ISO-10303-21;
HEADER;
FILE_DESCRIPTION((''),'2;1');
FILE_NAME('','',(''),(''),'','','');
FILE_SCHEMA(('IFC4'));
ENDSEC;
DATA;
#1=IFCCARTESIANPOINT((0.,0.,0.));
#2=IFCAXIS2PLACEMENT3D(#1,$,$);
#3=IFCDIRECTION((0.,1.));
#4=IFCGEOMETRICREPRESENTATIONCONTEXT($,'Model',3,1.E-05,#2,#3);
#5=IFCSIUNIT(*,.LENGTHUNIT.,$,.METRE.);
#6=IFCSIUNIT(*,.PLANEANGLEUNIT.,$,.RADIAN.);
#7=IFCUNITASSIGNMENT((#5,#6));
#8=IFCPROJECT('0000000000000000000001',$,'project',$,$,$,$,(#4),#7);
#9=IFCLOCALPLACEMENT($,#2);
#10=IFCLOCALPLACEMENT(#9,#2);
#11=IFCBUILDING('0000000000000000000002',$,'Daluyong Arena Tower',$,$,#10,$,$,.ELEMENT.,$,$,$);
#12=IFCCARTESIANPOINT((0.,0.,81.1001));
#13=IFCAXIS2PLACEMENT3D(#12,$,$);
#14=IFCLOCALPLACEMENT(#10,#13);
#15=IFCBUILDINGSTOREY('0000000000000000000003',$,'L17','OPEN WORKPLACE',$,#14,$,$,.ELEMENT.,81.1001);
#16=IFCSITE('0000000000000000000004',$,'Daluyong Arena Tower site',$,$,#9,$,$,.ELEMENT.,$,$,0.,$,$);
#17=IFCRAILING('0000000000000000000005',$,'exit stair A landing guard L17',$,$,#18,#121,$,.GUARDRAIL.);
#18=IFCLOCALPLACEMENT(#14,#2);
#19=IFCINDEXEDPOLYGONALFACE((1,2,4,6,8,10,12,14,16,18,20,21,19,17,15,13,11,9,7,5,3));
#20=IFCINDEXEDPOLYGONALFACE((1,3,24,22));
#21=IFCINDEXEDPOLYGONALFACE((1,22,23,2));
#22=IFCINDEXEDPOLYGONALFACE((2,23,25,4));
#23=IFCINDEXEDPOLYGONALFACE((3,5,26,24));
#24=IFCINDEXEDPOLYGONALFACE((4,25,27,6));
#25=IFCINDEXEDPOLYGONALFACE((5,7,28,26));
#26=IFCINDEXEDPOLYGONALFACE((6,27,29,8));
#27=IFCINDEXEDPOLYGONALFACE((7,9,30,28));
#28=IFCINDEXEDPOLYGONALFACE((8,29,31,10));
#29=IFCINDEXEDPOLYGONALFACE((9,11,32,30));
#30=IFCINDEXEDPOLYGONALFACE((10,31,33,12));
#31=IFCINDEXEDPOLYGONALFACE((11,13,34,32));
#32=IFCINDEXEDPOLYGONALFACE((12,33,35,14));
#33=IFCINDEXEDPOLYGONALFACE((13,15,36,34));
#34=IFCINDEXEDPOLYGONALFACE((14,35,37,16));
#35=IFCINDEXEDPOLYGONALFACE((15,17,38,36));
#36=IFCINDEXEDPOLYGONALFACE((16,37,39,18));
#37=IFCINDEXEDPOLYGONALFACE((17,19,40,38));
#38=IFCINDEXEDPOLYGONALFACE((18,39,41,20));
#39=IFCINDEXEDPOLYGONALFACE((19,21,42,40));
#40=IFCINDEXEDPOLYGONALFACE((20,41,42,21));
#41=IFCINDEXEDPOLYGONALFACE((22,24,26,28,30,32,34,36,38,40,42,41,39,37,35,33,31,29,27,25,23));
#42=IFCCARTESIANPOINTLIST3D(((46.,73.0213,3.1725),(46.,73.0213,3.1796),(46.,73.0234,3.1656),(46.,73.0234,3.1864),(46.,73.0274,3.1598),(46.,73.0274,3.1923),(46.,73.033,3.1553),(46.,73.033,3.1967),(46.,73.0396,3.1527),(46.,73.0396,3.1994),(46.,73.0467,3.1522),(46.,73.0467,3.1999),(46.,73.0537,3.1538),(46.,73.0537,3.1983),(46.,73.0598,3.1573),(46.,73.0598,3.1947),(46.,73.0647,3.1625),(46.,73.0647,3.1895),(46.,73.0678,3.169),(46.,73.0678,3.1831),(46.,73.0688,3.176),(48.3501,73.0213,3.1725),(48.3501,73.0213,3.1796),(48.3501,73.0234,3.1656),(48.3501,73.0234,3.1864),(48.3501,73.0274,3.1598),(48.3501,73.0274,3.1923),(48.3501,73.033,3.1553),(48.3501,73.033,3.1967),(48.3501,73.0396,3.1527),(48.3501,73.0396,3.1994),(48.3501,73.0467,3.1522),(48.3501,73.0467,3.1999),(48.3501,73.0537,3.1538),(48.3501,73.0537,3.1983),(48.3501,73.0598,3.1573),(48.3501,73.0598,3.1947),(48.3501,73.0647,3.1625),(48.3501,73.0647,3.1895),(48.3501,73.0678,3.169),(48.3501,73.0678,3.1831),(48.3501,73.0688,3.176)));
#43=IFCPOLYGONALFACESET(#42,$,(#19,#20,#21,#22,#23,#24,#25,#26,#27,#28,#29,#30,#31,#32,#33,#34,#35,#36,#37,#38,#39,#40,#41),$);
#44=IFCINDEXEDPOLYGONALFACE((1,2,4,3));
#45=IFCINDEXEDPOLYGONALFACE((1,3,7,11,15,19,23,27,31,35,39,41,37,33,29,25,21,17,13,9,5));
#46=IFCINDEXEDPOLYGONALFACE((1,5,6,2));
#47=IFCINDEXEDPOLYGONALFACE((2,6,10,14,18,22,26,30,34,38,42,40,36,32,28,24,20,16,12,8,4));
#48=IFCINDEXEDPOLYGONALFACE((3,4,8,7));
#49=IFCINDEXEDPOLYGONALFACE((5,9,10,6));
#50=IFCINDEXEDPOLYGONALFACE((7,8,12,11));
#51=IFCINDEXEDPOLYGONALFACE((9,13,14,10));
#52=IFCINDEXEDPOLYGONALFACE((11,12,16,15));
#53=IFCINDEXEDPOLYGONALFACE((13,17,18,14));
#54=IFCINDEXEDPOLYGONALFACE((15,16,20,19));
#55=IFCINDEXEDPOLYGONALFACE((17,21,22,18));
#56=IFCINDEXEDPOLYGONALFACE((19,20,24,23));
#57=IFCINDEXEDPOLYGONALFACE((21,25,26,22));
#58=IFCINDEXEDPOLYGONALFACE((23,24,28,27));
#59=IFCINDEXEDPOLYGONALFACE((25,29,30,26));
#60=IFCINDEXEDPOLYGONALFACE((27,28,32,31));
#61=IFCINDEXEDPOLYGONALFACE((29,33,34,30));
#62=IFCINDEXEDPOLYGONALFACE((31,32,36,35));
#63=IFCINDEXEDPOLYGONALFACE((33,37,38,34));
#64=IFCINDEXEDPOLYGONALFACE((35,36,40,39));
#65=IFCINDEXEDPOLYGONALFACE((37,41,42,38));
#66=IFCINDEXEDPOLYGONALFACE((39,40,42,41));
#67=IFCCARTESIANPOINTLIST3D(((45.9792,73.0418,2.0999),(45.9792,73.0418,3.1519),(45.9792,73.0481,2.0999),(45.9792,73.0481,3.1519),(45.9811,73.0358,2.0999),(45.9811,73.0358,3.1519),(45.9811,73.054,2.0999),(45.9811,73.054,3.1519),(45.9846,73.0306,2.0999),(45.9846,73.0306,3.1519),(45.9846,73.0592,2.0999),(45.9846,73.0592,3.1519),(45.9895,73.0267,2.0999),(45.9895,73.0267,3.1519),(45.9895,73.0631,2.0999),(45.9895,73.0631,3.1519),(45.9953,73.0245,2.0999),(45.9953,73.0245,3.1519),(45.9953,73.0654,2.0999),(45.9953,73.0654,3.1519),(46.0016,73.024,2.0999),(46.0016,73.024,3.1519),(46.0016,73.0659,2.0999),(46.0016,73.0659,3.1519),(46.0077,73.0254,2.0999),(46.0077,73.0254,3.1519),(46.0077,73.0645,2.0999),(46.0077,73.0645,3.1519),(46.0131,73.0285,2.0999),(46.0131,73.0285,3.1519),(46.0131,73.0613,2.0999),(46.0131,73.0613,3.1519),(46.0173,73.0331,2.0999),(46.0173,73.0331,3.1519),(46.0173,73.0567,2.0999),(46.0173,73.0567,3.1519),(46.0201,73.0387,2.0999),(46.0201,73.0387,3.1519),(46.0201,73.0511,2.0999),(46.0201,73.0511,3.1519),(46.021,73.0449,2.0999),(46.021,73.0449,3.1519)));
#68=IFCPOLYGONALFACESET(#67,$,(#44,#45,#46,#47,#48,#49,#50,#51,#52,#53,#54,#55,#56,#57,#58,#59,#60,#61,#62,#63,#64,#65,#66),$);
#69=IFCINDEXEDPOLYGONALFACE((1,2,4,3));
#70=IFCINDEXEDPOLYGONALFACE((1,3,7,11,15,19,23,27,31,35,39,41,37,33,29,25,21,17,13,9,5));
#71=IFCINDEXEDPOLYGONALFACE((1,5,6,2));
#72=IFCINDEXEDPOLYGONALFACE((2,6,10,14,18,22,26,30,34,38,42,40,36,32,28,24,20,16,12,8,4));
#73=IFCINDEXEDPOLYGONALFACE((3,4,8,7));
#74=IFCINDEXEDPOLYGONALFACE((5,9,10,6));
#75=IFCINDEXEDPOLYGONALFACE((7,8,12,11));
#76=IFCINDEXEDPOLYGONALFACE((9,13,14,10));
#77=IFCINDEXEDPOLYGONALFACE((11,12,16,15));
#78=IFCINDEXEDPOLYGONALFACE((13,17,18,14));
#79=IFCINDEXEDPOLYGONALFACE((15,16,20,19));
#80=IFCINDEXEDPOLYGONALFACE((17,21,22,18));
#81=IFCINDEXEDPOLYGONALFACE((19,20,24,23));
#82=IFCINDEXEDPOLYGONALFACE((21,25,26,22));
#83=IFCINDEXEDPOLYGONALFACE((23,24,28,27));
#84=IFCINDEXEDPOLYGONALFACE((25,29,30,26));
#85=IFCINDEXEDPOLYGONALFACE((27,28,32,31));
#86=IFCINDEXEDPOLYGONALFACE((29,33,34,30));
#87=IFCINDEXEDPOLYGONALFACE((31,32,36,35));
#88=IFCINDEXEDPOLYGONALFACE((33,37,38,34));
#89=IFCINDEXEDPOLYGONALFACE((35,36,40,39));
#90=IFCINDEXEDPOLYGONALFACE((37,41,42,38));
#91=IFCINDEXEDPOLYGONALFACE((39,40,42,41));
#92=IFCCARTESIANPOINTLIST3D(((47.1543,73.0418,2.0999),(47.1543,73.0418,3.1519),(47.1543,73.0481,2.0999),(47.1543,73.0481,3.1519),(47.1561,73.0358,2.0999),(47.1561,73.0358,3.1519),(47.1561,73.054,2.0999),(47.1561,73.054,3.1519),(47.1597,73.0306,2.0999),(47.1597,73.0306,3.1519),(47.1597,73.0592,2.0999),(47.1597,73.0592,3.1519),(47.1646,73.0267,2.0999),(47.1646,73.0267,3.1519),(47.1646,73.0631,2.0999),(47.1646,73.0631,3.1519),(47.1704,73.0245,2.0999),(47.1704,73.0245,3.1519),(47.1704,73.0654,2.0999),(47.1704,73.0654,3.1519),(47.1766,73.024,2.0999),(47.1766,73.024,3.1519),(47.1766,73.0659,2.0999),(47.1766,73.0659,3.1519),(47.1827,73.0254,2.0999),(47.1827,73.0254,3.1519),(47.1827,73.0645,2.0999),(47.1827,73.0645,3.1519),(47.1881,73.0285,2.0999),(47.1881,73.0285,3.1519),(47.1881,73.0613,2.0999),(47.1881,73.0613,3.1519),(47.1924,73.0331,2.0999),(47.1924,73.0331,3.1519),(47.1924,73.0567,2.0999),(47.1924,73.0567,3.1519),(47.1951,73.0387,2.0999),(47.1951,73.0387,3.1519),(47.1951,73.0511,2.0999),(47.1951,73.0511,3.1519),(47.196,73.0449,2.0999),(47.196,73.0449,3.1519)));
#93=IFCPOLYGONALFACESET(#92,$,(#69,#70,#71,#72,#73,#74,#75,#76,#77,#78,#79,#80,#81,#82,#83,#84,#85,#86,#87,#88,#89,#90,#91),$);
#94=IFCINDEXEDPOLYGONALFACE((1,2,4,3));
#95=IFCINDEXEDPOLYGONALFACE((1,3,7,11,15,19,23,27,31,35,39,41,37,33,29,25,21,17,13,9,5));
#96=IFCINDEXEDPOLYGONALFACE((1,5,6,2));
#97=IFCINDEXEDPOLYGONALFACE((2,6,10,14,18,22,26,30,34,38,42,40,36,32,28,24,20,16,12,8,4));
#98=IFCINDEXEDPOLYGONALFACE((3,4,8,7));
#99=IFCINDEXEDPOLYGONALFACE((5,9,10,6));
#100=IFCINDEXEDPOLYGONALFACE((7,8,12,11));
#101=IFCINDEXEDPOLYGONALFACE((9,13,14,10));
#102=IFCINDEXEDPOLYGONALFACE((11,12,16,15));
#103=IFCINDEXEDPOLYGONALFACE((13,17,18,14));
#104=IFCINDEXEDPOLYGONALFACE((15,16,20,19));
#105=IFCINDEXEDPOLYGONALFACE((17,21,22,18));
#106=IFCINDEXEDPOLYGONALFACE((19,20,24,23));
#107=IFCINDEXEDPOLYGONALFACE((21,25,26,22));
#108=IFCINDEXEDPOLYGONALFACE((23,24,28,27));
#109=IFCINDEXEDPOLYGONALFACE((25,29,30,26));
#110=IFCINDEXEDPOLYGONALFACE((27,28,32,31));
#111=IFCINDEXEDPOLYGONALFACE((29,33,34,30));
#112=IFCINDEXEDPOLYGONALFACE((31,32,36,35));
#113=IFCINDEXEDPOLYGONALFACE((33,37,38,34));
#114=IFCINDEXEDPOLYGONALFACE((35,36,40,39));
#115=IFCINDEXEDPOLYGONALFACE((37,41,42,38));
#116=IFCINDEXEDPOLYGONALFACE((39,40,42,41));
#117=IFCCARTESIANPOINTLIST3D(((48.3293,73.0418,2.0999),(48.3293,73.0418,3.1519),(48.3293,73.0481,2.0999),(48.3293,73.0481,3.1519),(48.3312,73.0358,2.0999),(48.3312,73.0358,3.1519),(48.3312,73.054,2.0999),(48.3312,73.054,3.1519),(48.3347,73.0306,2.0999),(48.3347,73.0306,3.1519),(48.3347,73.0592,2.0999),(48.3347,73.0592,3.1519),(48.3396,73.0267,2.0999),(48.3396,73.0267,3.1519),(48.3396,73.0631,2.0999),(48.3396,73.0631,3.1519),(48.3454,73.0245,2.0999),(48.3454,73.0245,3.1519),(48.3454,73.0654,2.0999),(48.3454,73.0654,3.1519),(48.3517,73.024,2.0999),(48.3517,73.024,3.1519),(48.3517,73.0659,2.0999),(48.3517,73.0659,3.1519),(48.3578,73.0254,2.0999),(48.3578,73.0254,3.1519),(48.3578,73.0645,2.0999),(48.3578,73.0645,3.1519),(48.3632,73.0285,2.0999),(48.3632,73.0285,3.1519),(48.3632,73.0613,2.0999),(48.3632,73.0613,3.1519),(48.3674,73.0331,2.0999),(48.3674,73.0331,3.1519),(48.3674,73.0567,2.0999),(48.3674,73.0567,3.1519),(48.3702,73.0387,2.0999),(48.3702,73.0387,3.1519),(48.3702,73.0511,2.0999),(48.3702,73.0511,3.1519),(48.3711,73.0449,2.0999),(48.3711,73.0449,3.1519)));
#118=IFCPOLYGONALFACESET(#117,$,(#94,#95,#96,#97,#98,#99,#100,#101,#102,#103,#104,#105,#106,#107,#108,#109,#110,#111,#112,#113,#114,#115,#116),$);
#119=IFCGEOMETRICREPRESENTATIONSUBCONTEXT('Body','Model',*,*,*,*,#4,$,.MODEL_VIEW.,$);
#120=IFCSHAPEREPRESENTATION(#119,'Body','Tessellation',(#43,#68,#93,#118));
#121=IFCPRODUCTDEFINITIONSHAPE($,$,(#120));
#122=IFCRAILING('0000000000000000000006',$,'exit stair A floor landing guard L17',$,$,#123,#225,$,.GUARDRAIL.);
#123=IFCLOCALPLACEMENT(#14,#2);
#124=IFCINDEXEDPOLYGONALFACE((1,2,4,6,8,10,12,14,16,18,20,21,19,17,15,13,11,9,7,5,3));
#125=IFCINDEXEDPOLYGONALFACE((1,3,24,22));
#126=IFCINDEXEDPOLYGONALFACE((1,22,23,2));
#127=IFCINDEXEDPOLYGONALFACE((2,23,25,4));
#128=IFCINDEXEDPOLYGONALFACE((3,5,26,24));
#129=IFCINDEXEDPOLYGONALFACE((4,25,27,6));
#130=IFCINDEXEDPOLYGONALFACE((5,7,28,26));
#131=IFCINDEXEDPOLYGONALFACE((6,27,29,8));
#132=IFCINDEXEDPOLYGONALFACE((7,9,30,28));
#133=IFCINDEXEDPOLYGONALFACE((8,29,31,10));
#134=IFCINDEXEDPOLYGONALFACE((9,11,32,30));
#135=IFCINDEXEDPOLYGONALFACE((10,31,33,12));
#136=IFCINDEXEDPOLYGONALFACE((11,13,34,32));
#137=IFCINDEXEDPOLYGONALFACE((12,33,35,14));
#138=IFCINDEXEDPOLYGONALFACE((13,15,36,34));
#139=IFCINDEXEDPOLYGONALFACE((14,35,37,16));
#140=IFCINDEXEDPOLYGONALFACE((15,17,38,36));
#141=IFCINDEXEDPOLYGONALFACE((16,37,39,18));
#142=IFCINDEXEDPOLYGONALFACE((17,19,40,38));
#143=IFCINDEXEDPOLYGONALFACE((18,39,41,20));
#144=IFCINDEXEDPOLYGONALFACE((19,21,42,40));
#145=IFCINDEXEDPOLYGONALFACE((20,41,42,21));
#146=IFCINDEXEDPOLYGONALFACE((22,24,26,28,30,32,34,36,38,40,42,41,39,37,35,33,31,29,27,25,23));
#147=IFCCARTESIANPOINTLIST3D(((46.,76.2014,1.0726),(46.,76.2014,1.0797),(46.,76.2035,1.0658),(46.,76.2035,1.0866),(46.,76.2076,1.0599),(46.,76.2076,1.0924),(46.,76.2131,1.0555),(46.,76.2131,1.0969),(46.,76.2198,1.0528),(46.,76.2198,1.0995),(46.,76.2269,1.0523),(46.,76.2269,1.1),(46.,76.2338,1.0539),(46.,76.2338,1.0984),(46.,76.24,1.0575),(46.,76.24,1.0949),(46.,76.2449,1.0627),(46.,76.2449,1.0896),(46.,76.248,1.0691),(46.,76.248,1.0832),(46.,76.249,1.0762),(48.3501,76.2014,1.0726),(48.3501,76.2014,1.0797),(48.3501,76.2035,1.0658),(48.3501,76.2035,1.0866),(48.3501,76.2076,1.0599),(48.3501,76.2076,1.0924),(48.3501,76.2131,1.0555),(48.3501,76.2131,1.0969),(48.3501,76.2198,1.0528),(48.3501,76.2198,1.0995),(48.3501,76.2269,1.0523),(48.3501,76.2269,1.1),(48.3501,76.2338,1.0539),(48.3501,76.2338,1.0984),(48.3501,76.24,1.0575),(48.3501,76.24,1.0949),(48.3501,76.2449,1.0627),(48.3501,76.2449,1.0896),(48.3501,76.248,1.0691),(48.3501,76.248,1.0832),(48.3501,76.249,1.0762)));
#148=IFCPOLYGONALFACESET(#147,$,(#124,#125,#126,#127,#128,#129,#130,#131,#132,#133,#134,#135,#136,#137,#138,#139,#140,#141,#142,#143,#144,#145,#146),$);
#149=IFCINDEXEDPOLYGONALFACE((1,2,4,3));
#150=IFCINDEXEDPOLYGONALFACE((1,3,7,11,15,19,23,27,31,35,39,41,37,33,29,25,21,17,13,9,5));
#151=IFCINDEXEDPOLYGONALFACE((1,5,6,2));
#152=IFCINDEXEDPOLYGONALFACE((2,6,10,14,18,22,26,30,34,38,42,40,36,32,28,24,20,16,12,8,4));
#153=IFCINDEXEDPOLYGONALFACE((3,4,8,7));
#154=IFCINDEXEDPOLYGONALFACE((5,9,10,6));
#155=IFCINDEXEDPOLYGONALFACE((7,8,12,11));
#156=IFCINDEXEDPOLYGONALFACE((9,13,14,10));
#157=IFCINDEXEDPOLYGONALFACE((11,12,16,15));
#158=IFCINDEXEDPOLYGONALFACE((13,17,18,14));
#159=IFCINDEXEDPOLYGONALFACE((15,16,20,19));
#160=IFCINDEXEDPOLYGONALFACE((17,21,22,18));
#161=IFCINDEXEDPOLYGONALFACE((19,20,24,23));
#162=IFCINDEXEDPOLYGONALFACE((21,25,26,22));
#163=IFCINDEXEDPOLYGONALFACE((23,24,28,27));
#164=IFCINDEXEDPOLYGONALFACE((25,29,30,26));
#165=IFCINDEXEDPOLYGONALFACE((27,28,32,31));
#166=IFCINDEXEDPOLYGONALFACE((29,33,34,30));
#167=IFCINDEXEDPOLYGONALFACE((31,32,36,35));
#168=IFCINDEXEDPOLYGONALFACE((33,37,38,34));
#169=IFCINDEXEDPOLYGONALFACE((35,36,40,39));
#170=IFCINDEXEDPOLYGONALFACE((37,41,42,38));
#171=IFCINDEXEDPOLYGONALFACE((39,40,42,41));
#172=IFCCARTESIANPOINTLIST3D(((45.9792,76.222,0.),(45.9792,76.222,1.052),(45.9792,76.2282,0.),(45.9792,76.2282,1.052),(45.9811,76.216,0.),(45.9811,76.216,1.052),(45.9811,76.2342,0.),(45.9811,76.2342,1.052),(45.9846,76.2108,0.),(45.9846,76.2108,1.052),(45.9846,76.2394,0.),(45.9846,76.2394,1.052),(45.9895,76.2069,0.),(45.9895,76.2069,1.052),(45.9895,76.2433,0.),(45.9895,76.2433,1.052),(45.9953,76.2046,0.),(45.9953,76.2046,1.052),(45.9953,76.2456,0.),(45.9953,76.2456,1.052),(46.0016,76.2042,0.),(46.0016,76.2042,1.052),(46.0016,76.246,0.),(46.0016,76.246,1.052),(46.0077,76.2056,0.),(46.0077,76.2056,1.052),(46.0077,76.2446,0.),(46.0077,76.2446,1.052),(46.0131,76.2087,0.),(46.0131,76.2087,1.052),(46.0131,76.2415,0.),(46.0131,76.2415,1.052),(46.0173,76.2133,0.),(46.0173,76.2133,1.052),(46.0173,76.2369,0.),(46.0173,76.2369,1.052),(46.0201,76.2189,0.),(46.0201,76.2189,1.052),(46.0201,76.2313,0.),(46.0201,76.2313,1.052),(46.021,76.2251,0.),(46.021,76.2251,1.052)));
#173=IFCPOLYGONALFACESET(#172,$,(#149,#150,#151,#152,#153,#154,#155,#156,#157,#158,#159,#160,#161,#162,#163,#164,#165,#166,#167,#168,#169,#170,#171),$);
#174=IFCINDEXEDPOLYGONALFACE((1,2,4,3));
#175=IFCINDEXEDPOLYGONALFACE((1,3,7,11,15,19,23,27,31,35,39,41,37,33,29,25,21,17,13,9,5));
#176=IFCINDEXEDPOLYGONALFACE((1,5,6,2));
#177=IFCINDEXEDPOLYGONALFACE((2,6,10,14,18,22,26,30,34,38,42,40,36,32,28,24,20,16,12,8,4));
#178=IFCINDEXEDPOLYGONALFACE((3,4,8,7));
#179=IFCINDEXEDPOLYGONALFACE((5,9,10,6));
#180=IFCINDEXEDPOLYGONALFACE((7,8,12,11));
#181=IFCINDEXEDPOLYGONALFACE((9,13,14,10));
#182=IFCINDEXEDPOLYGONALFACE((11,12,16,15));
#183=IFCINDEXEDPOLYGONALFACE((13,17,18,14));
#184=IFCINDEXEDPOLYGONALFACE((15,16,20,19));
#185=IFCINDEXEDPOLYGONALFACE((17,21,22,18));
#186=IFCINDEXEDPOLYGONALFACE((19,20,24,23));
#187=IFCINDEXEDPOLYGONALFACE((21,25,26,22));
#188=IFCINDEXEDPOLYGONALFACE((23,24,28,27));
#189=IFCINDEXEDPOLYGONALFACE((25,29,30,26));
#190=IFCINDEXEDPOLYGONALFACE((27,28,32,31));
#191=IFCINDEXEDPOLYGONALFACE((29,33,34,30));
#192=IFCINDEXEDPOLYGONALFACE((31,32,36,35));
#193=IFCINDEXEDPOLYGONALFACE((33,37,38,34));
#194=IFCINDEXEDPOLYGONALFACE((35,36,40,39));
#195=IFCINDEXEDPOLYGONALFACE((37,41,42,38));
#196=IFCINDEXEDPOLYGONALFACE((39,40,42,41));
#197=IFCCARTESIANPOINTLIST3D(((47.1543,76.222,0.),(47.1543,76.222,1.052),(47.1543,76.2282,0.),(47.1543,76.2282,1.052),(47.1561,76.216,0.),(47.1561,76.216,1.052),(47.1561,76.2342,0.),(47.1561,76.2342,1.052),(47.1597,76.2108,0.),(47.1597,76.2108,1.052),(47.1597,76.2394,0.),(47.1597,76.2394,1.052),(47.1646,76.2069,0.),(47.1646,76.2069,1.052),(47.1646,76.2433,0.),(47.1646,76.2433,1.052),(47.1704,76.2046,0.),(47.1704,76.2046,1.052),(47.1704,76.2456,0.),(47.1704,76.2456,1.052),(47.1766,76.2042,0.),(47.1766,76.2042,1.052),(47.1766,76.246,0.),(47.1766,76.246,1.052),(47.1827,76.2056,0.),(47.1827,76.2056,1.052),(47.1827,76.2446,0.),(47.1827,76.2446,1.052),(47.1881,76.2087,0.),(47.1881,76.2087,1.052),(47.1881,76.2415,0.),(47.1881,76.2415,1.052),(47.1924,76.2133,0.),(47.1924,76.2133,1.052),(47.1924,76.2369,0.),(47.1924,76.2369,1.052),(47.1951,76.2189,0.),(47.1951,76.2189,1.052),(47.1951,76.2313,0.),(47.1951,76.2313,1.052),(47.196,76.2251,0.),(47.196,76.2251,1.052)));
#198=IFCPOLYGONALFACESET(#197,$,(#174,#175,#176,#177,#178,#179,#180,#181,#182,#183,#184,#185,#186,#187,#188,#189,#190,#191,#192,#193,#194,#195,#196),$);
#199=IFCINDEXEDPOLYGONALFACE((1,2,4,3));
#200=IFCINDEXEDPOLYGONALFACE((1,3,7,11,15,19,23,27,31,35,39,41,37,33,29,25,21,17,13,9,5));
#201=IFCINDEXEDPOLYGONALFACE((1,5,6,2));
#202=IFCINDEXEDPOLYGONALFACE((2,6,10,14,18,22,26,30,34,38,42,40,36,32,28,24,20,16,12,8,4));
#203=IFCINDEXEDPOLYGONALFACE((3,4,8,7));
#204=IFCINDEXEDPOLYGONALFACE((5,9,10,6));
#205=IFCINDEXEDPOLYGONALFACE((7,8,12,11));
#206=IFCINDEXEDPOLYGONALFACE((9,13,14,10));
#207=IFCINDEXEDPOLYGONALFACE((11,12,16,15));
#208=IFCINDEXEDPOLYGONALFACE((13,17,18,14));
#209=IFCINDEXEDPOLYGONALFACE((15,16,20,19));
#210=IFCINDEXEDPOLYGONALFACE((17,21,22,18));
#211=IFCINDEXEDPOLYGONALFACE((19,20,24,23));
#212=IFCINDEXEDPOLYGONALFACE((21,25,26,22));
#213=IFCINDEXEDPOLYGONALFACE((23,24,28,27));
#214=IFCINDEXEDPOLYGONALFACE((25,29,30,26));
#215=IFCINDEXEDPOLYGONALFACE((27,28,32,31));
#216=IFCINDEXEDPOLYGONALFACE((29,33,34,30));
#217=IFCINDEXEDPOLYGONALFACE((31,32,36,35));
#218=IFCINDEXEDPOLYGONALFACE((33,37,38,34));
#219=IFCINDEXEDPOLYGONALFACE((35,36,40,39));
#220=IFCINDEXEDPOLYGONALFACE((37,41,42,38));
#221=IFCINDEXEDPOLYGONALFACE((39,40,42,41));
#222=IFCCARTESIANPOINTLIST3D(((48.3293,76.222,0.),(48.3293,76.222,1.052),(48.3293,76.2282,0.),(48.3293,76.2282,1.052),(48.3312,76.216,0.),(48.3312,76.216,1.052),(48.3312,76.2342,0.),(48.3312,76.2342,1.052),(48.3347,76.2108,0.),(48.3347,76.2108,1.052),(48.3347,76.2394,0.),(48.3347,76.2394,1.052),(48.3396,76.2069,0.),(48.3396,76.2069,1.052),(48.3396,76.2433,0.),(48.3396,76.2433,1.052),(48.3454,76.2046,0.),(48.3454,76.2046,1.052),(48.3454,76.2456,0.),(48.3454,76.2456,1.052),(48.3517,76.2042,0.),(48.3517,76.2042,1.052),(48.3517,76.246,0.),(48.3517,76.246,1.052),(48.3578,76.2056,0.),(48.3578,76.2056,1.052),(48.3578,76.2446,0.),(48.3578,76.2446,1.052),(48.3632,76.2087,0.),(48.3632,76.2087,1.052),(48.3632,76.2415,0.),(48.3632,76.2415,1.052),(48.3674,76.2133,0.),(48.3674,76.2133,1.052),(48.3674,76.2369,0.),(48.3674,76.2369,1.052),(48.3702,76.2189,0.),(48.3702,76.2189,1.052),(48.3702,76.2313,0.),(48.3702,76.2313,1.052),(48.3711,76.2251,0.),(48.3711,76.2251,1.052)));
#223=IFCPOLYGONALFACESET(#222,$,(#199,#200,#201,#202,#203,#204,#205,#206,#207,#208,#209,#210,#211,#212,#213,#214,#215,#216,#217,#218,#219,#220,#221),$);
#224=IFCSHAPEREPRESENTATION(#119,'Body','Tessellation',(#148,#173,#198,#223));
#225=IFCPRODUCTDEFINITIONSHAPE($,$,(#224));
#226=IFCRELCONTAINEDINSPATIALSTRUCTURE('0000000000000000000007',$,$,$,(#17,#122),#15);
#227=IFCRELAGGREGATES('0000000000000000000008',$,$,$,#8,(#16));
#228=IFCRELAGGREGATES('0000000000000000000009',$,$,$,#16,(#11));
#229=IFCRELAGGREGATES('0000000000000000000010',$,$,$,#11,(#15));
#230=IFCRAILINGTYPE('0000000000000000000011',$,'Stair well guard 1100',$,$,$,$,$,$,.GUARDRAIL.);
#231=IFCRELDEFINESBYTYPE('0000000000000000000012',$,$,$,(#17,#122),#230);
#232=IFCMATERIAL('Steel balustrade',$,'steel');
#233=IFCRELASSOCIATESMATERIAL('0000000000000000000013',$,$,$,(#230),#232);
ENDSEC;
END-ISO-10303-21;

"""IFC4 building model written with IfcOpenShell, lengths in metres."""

from ifc_helpers import new_model, si_unit, direction, frame, origin, origin_2d, place, context, subcontext, project, spatial, circle, extrude, material, type_object, element, save


model = new_model("IFC4")

# Units and contexts
model_context = context("Model", 3, precision=1e-05, world=origin(), true_north=direction((0.0, 1.0)))
body_context = subcontext(model_context, "Body", "Model", "MODEL_VIEW")
ifc_project = project(units=[si_unit("LENGTHUNIT", "METRE"), si_unit("PLANEANGLEUNIT", "RADIAN")], contexts=[model_context])

# Site, building, storey
site_placement = place(None, origin())
site = spatial("IfcSite", under=ifc_project, at=site_placement, Name="Daluyong Arena Tower site", CompositionType="ELEMENT", RefElevation=0.0)
building_placement = place(site_placement, origin())
building = spatial("IfcBuilding", under=site, at=building_placement, Name="Daluyong Arena Tower", CompositionType="ELEMENT")
storey_placement = place(building_placement, frame((0.0, 0.0, 81.1001)))
storey = spatial("IfcBuildingStorey", under=building, at=storey_placement, Name="L17", Description="OPEN WORKPLACE", CompositionType="ELEMENT", Elevation=81.1001)

# Railings
ifc_material_1 = material(Name="Steel balustrade", Category="steel")
railing_type_1 = type_object("IfcRailingType", Name="Stair well guard 1100", PredefinedType="GUARDRAIL", material=ifc_material_1)
for number, where, name in (
    (1, (46.0, 73.0449, 2.0999), "exit stair A landing guard L17"),
    (2, (46.0, 76.2251, 0.0), "exit stair A floor landing guard L17"),
):
    element("IfcRailing", number, at=place(storey_placement, frame(where)), inside=storey, type_object=railing_type_1, Name=name, PredefinedType="GUARDRAIL", context=body_context, shape_type="SweptSolid", body=[
        extrude(circle(Radius=0.0239, at=origin_2d()), frame((0.0, 0.0, 1.0762), z_axis=(1.0, 0.0, 0.0), x_axis=(0.0, 1.0, 0.0)), (0.0, 0.0, 1.0), 2.3501),
        extrude(circle(Radius=0.021, at=origin_2d()), origin(), (0.0, 0.0, 1.0), 1.052),
        extrude(circle(Radius=0.021, at=origin_2d()), frame((1.175, 0.0, 0.0)), (0.0, 0.0, 1.0), 1.052),
        extrude(circle(Radius=0.021, at=origin_2d()), frame((2.3501, 0.0, 0.0)), (0.0, 0.0, 1.0), 1.052),
    ])

save(model, "model.ifc")
